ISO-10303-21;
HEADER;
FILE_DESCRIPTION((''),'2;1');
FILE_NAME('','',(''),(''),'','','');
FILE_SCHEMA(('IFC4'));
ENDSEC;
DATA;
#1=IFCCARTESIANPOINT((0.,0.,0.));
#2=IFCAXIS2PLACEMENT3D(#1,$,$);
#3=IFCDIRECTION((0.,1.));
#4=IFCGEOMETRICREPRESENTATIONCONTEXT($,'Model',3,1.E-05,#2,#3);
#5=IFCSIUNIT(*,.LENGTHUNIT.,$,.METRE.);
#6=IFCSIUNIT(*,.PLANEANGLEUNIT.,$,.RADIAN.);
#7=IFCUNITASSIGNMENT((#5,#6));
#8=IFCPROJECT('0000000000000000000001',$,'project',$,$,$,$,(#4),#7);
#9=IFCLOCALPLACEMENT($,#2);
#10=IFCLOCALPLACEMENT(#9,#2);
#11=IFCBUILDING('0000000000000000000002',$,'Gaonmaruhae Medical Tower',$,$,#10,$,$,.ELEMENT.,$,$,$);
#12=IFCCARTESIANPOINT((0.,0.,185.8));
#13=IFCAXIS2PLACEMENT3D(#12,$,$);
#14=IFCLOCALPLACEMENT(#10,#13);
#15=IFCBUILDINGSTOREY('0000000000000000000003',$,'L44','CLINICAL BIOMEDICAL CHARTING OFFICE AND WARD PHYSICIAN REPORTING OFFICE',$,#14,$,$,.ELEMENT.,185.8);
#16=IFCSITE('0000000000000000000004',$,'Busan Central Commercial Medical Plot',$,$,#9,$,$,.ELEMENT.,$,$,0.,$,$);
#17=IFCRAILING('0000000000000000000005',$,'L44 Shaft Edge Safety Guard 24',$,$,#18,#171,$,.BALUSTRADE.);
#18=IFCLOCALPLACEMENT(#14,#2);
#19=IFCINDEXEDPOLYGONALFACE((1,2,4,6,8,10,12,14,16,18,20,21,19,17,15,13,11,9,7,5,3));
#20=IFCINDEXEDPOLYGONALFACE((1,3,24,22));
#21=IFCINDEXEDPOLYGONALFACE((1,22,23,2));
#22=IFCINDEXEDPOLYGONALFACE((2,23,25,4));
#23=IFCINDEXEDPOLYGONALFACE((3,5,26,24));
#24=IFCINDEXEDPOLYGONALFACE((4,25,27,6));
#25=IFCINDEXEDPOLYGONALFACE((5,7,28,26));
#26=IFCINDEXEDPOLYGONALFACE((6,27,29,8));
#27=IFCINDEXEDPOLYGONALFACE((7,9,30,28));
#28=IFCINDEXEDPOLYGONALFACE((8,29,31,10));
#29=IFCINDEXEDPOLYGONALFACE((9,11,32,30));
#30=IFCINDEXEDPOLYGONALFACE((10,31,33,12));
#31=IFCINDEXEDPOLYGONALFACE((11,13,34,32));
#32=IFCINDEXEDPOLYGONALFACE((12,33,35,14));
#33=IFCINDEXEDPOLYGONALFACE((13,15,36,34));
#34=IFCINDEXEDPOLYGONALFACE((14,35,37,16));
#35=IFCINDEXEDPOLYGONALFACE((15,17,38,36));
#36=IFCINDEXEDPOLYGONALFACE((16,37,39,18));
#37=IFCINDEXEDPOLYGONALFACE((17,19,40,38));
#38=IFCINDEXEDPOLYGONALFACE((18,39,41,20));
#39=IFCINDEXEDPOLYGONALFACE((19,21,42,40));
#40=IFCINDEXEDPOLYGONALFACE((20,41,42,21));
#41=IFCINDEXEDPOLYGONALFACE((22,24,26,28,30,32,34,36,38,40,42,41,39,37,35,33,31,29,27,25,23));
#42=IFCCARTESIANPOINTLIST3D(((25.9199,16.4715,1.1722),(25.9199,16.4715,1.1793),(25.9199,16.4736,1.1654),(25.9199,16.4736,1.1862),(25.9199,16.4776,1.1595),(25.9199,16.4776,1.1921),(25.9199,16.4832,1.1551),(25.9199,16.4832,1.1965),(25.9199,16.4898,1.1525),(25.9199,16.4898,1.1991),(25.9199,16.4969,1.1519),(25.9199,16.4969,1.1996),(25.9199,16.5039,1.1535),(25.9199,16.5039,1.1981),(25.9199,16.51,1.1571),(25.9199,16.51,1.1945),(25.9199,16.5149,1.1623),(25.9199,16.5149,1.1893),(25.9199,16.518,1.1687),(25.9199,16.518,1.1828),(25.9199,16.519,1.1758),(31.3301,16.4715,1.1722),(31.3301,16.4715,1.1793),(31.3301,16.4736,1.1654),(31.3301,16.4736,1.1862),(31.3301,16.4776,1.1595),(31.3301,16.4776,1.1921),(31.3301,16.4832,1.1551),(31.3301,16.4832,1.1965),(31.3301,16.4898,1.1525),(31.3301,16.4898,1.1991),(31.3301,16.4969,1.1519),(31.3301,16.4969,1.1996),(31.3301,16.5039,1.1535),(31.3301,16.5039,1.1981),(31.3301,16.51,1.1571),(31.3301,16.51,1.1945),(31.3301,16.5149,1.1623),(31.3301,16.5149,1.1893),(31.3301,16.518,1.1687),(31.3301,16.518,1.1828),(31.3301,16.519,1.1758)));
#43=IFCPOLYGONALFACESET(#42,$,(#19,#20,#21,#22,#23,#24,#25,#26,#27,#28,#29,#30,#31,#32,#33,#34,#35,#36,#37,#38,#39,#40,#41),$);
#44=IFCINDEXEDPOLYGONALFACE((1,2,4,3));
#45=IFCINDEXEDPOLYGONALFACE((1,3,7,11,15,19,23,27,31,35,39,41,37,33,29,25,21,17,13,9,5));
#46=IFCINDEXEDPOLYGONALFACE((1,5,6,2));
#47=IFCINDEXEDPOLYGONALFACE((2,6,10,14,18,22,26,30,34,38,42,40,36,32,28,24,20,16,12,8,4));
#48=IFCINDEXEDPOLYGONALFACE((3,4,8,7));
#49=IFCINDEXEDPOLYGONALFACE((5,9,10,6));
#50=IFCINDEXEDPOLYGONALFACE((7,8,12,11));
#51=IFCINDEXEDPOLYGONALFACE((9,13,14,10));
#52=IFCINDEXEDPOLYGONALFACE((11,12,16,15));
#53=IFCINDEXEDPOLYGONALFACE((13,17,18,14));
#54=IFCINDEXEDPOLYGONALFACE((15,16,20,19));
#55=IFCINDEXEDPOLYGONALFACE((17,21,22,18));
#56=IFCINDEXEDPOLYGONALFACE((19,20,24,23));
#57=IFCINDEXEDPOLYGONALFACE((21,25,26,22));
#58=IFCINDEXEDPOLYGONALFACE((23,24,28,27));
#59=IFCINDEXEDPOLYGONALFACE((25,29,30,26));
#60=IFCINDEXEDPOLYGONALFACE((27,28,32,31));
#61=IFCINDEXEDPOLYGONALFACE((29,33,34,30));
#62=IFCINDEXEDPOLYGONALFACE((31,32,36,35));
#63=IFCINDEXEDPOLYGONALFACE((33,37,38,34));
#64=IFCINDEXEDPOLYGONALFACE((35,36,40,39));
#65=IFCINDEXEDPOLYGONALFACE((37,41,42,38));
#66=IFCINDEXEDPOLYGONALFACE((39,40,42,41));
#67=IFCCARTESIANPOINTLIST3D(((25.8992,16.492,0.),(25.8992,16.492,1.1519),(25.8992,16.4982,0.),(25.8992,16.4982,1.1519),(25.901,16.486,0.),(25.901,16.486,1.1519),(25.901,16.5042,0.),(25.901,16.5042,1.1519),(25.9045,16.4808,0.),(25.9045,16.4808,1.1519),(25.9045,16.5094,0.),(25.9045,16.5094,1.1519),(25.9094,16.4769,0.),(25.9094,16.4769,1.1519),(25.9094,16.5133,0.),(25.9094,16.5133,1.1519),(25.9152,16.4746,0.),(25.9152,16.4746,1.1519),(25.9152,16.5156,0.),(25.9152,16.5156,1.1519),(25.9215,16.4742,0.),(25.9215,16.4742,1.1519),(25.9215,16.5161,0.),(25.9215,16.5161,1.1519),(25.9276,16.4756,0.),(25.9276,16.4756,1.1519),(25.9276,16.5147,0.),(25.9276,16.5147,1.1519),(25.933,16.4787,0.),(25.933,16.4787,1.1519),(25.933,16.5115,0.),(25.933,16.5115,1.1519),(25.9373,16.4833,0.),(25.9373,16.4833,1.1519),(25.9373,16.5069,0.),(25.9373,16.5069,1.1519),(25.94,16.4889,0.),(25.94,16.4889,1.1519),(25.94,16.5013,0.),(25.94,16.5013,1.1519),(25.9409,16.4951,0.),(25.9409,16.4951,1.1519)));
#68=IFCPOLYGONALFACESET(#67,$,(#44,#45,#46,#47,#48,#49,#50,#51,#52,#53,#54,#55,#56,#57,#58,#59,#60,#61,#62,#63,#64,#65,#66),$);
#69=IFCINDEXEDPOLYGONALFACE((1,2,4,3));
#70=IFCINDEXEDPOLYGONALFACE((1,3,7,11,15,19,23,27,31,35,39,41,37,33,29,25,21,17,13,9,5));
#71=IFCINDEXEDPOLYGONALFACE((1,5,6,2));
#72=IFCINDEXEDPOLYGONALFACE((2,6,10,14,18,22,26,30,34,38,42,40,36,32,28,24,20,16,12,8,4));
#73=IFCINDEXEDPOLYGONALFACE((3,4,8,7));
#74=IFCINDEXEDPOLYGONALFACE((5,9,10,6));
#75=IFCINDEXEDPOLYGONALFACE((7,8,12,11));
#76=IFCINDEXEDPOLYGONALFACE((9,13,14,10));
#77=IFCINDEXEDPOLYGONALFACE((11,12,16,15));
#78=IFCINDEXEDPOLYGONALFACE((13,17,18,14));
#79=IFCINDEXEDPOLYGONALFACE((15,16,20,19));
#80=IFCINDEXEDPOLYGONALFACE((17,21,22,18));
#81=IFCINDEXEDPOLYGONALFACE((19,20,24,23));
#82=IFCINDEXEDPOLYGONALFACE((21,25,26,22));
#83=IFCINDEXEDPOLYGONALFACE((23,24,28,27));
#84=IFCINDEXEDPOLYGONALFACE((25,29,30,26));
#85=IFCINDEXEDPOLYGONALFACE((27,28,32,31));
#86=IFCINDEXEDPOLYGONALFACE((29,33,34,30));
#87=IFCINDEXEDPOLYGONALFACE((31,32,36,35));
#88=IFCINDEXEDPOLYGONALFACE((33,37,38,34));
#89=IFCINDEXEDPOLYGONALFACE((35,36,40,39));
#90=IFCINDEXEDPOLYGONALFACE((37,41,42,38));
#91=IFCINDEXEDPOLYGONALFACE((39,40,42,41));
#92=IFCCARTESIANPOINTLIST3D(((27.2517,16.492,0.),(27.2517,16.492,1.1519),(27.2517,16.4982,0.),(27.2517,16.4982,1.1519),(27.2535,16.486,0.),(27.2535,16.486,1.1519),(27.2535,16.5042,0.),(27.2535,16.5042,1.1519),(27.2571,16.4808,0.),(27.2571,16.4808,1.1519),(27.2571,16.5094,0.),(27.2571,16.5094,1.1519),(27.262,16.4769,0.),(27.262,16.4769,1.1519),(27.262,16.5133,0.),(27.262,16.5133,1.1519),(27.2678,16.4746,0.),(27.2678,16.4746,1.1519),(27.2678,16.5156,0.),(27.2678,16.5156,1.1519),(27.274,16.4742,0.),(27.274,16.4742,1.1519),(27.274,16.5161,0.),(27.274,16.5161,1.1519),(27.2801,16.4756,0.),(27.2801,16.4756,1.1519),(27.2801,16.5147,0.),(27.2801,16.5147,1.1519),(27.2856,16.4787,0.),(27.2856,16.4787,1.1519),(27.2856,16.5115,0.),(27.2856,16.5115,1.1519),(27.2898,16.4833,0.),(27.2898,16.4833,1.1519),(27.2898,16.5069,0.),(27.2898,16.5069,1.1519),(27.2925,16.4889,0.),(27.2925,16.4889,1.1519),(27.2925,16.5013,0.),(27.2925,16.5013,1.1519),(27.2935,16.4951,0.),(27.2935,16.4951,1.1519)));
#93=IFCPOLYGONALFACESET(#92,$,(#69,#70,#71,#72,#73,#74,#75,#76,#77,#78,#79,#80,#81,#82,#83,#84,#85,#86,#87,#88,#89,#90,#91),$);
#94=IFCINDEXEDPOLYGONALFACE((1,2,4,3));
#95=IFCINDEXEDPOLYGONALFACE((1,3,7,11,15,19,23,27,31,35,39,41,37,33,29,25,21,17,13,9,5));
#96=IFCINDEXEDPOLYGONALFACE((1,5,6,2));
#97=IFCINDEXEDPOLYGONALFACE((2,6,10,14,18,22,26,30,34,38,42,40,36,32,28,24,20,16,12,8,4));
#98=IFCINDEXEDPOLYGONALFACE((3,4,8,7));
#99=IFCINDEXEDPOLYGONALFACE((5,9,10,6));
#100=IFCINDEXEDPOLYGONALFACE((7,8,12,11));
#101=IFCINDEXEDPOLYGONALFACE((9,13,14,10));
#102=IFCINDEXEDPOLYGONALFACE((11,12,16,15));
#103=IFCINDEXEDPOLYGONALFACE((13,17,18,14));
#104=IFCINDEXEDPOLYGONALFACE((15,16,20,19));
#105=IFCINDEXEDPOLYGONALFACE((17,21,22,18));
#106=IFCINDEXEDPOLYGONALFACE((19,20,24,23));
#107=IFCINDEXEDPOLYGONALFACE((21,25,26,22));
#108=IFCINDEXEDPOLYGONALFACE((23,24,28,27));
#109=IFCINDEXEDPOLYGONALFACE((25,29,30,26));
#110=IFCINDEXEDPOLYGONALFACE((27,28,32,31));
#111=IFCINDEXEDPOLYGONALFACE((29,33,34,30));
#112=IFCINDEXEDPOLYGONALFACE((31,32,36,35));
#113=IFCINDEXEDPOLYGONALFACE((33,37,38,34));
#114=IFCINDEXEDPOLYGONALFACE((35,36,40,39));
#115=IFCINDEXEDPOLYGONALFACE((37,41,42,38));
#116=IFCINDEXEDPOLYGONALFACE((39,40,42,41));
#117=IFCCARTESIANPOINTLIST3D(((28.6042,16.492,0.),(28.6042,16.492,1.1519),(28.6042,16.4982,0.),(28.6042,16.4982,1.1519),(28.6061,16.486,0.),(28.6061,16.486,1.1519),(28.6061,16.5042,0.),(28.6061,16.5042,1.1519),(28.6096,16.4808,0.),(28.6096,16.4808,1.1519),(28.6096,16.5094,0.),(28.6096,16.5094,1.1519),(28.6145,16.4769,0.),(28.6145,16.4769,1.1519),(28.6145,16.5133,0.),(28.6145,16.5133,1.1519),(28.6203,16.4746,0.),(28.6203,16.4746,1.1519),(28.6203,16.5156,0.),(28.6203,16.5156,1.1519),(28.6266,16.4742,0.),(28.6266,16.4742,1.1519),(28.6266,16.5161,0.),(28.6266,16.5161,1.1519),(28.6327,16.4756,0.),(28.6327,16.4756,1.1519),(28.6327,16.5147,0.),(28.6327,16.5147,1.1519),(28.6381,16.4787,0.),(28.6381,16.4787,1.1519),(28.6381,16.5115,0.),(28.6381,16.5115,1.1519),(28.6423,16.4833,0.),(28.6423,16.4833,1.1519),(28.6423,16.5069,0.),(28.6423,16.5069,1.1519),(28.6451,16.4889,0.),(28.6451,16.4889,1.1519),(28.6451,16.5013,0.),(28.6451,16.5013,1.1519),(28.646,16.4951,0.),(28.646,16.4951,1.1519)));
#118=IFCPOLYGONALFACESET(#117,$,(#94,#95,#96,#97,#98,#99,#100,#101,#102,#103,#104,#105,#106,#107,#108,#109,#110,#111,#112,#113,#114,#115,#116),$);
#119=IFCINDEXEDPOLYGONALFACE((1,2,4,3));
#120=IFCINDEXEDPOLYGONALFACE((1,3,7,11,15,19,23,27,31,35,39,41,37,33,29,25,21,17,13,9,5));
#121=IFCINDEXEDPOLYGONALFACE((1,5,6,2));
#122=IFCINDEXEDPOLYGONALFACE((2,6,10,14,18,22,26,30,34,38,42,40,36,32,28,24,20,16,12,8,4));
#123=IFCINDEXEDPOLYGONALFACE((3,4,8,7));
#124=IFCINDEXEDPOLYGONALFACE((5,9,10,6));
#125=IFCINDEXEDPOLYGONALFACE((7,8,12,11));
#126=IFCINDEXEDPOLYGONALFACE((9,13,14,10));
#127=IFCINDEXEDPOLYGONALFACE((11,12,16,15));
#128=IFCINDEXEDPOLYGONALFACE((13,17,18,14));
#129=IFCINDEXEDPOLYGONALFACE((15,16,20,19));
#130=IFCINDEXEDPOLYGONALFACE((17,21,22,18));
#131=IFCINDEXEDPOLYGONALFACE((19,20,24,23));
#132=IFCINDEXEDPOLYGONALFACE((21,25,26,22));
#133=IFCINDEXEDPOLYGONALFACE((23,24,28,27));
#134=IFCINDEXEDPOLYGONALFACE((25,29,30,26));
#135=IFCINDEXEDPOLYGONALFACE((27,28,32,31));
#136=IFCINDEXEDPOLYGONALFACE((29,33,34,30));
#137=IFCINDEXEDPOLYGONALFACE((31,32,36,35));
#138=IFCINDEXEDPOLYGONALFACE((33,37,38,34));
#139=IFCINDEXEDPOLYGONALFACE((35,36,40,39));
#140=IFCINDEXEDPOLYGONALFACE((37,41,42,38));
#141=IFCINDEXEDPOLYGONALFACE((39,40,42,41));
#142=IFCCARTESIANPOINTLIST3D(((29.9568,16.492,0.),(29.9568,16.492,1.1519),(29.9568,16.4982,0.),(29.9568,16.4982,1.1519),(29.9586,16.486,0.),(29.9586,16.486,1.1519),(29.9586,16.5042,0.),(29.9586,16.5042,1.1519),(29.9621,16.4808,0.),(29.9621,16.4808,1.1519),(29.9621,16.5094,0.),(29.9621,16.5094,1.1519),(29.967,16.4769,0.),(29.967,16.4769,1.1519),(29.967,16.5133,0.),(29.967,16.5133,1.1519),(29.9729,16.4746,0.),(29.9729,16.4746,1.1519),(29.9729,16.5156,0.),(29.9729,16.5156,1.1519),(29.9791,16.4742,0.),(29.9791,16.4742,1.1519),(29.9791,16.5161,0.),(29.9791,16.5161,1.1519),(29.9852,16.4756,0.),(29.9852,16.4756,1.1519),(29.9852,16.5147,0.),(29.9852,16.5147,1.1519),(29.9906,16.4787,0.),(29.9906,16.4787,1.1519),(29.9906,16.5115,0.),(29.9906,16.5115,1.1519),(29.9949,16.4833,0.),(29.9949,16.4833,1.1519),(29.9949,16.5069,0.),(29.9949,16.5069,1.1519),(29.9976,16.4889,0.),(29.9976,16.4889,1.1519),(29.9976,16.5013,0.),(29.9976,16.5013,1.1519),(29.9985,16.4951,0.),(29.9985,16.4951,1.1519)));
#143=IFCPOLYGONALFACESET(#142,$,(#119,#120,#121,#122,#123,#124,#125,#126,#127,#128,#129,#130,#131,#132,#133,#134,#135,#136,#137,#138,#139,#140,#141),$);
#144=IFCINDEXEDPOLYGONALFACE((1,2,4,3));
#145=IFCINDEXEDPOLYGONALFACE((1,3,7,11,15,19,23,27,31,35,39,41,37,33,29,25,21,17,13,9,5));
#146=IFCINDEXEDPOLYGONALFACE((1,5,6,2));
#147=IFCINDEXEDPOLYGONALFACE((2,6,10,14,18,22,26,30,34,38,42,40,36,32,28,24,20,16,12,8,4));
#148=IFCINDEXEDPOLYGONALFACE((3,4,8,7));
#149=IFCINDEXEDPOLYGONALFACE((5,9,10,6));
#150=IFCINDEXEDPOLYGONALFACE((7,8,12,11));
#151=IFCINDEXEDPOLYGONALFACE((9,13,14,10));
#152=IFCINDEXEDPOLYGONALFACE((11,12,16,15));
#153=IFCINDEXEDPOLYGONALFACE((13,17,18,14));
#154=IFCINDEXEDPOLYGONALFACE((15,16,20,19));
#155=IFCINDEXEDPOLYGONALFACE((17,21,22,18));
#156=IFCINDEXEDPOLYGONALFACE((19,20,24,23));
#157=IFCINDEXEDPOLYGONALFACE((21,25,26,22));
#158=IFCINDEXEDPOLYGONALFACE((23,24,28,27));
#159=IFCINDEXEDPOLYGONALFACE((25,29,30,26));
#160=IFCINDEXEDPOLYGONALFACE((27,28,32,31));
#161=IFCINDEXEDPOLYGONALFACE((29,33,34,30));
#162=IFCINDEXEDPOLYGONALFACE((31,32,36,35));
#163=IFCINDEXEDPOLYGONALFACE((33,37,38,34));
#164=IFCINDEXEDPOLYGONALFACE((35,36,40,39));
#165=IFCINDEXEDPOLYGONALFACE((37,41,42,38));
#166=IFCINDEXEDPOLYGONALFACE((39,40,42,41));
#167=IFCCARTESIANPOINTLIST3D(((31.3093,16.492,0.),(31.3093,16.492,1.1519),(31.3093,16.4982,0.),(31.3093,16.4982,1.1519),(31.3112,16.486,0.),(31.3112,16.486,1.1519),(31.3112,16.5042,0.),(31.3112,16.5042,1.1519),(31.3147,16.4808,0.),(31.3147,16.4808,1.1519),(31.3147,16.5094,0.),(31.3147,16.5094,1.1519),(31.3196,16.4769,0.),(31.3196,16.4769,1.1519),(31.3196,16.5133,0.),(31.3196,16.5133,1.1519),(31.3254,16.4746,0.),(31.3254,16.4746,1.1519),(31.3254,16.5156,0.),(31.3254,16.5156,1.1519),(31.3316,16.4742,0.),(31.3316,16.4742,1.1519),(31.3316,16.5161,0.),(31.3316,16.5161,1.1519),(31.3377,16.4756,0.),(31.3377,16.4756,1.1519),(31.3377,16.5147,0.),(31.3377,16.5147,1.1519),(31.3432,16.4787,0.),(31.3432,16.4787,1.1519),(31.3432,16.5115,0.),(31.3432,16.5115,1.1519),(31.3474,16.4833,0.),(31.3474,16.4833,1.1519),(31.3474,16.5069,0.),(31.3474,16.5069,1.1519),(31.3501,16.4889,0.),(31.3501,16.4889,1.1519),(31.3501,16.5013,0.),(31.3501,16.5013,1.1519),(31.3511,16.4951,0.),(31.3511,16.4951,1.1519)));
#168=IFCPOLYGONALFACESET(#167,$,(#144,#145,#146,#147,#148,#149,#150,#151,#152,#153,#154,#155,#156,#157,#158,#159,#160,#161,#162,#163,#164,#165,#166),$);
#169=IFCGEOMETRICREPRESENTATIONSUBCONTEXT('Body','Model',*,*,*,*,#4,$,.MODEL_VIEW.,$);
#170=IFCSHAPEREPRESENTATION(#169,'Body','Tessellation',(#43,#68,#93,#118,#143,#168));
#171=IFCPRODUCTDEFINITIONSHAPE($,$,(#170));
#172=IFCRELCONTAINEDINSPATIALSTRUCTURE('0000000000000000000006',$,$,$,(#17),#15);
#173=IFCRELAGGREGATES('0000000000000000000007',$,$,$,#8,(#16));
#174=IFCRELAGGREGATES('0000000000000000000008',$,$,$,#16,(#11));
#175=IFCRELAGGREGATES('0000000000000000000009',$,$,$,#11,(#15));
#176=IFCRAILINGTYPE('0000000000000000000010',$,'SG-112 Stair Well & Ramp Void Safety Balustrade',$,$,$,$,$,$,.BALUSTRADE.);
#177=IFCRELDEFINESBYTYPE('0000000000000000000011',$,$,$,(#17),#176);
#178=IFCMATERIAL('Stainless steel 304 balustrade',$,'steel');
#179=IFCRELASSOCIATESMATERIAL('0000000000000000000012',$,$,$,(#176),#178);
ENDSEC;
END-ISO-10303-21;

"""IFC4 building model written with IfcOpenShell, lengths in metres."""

from ifc_helpers import new_model, si_unit, direction, frame, origin, origin_2d, place, context, subcontext, project, spatial, circle, extrude, material, type_object, element, save


model = new_model("IFC4")

# Units and contexts
model_context = context("Model", 3, precision=1e-05, world=origin(), true_north=direction((0.0, 1.0)))
body_context = subcontext(model_context, "Body", "Model", "MODEL_VIEW")
ifc_project = project(units=[si_unit("LENGTHUNIT", "METRE"), si_unit("PLANEANGLEUNIT", "RADIAN")], contexts=[model_context])

# Site, building, storey
site_placement = place(None, origin())
site = spatial("IfcSite", under=ifc_project, at=site_placement, Name="Busan Central Commercial Medical Plot", CompositionType="ELEMENT", RefElevation=0.0)
building_placement = place(site_placement, origin())
building = spatial("IfcBuilding", under=site, at=building_placement, Name="Gaonmaruhae Medical Tower", CompositionType="ELEMENT")
storey_placement = place(building_placement, frame((0.0, 0.0, 185.8)))
storey = spatial("IfcBuildingStorey", under=building, at=storey_placement, Name="L44", Description="CLINICAL BIOMEDICAL CHARTING OFFICE AND WARD PHYSICIAN REPORTING OFFICE", CompositionType="ELEMENT", Elevation=185.8)

# Railing
ifc_material_1 = material(Name="Stainless steel 304 balustrade", Category="steel")
railing_type = type_object("IfcRailingType", Name="SG-112 Stair Well & Ramp Void Safety Balustrade", PredefinedType="BALUSTRADE", material=ifc_material_1)
railing_1_placement = place(storey_placement, frame((25.9199, 16.4951, 0.0)))
element("IfcRailing", 1, at=railing_1_placement, inside=storey, type_object=railing_type, Name="L44 Shaft Edge Safety Guard 24", PredefinedType="BALUSTRADE", context=body_context, shape_type="SweptSolid", body=[
    extrude(circle(Radius=0.0239, at=origin_2d()), frame((0.0, 0.0, 1.1758), z_axis=(1.0, 0.0, 0.0), x_axis=(0.0, 1.0, 0.0)), (0.0, 0.0, 1.0), 5.4102),
    extrude(circle(Radius=0.021, at=origin_2d()), origin(), (0.0, 0.0, 1.0), 1.1519),
    extrude(circle(Radius=0.021, at=origin_2d()), frame((1.3525, 0.0, 0.0)), (0.0, 0.0, 1.0), 1.1519),
    extrude(circle(Radius=0.021, at=origin_2d()), frame((2.7051, 0.0, 0.0)), (0.0, 0.0, 1.0), 1.1519),
    extrude(circle(Radius=0.021, at=origin_2d()), frame((4.0576, 0.0, 0.0)), (0.0, 0.0, 1.0), 1.1519),
    extrude(circle(Radius=0.021, at=origin_2d()), frame((5.4102, 0.0, 0.0)), (0.0, 0.0, 1.0), 1.1519),
])

save(model, "model.ifc")
